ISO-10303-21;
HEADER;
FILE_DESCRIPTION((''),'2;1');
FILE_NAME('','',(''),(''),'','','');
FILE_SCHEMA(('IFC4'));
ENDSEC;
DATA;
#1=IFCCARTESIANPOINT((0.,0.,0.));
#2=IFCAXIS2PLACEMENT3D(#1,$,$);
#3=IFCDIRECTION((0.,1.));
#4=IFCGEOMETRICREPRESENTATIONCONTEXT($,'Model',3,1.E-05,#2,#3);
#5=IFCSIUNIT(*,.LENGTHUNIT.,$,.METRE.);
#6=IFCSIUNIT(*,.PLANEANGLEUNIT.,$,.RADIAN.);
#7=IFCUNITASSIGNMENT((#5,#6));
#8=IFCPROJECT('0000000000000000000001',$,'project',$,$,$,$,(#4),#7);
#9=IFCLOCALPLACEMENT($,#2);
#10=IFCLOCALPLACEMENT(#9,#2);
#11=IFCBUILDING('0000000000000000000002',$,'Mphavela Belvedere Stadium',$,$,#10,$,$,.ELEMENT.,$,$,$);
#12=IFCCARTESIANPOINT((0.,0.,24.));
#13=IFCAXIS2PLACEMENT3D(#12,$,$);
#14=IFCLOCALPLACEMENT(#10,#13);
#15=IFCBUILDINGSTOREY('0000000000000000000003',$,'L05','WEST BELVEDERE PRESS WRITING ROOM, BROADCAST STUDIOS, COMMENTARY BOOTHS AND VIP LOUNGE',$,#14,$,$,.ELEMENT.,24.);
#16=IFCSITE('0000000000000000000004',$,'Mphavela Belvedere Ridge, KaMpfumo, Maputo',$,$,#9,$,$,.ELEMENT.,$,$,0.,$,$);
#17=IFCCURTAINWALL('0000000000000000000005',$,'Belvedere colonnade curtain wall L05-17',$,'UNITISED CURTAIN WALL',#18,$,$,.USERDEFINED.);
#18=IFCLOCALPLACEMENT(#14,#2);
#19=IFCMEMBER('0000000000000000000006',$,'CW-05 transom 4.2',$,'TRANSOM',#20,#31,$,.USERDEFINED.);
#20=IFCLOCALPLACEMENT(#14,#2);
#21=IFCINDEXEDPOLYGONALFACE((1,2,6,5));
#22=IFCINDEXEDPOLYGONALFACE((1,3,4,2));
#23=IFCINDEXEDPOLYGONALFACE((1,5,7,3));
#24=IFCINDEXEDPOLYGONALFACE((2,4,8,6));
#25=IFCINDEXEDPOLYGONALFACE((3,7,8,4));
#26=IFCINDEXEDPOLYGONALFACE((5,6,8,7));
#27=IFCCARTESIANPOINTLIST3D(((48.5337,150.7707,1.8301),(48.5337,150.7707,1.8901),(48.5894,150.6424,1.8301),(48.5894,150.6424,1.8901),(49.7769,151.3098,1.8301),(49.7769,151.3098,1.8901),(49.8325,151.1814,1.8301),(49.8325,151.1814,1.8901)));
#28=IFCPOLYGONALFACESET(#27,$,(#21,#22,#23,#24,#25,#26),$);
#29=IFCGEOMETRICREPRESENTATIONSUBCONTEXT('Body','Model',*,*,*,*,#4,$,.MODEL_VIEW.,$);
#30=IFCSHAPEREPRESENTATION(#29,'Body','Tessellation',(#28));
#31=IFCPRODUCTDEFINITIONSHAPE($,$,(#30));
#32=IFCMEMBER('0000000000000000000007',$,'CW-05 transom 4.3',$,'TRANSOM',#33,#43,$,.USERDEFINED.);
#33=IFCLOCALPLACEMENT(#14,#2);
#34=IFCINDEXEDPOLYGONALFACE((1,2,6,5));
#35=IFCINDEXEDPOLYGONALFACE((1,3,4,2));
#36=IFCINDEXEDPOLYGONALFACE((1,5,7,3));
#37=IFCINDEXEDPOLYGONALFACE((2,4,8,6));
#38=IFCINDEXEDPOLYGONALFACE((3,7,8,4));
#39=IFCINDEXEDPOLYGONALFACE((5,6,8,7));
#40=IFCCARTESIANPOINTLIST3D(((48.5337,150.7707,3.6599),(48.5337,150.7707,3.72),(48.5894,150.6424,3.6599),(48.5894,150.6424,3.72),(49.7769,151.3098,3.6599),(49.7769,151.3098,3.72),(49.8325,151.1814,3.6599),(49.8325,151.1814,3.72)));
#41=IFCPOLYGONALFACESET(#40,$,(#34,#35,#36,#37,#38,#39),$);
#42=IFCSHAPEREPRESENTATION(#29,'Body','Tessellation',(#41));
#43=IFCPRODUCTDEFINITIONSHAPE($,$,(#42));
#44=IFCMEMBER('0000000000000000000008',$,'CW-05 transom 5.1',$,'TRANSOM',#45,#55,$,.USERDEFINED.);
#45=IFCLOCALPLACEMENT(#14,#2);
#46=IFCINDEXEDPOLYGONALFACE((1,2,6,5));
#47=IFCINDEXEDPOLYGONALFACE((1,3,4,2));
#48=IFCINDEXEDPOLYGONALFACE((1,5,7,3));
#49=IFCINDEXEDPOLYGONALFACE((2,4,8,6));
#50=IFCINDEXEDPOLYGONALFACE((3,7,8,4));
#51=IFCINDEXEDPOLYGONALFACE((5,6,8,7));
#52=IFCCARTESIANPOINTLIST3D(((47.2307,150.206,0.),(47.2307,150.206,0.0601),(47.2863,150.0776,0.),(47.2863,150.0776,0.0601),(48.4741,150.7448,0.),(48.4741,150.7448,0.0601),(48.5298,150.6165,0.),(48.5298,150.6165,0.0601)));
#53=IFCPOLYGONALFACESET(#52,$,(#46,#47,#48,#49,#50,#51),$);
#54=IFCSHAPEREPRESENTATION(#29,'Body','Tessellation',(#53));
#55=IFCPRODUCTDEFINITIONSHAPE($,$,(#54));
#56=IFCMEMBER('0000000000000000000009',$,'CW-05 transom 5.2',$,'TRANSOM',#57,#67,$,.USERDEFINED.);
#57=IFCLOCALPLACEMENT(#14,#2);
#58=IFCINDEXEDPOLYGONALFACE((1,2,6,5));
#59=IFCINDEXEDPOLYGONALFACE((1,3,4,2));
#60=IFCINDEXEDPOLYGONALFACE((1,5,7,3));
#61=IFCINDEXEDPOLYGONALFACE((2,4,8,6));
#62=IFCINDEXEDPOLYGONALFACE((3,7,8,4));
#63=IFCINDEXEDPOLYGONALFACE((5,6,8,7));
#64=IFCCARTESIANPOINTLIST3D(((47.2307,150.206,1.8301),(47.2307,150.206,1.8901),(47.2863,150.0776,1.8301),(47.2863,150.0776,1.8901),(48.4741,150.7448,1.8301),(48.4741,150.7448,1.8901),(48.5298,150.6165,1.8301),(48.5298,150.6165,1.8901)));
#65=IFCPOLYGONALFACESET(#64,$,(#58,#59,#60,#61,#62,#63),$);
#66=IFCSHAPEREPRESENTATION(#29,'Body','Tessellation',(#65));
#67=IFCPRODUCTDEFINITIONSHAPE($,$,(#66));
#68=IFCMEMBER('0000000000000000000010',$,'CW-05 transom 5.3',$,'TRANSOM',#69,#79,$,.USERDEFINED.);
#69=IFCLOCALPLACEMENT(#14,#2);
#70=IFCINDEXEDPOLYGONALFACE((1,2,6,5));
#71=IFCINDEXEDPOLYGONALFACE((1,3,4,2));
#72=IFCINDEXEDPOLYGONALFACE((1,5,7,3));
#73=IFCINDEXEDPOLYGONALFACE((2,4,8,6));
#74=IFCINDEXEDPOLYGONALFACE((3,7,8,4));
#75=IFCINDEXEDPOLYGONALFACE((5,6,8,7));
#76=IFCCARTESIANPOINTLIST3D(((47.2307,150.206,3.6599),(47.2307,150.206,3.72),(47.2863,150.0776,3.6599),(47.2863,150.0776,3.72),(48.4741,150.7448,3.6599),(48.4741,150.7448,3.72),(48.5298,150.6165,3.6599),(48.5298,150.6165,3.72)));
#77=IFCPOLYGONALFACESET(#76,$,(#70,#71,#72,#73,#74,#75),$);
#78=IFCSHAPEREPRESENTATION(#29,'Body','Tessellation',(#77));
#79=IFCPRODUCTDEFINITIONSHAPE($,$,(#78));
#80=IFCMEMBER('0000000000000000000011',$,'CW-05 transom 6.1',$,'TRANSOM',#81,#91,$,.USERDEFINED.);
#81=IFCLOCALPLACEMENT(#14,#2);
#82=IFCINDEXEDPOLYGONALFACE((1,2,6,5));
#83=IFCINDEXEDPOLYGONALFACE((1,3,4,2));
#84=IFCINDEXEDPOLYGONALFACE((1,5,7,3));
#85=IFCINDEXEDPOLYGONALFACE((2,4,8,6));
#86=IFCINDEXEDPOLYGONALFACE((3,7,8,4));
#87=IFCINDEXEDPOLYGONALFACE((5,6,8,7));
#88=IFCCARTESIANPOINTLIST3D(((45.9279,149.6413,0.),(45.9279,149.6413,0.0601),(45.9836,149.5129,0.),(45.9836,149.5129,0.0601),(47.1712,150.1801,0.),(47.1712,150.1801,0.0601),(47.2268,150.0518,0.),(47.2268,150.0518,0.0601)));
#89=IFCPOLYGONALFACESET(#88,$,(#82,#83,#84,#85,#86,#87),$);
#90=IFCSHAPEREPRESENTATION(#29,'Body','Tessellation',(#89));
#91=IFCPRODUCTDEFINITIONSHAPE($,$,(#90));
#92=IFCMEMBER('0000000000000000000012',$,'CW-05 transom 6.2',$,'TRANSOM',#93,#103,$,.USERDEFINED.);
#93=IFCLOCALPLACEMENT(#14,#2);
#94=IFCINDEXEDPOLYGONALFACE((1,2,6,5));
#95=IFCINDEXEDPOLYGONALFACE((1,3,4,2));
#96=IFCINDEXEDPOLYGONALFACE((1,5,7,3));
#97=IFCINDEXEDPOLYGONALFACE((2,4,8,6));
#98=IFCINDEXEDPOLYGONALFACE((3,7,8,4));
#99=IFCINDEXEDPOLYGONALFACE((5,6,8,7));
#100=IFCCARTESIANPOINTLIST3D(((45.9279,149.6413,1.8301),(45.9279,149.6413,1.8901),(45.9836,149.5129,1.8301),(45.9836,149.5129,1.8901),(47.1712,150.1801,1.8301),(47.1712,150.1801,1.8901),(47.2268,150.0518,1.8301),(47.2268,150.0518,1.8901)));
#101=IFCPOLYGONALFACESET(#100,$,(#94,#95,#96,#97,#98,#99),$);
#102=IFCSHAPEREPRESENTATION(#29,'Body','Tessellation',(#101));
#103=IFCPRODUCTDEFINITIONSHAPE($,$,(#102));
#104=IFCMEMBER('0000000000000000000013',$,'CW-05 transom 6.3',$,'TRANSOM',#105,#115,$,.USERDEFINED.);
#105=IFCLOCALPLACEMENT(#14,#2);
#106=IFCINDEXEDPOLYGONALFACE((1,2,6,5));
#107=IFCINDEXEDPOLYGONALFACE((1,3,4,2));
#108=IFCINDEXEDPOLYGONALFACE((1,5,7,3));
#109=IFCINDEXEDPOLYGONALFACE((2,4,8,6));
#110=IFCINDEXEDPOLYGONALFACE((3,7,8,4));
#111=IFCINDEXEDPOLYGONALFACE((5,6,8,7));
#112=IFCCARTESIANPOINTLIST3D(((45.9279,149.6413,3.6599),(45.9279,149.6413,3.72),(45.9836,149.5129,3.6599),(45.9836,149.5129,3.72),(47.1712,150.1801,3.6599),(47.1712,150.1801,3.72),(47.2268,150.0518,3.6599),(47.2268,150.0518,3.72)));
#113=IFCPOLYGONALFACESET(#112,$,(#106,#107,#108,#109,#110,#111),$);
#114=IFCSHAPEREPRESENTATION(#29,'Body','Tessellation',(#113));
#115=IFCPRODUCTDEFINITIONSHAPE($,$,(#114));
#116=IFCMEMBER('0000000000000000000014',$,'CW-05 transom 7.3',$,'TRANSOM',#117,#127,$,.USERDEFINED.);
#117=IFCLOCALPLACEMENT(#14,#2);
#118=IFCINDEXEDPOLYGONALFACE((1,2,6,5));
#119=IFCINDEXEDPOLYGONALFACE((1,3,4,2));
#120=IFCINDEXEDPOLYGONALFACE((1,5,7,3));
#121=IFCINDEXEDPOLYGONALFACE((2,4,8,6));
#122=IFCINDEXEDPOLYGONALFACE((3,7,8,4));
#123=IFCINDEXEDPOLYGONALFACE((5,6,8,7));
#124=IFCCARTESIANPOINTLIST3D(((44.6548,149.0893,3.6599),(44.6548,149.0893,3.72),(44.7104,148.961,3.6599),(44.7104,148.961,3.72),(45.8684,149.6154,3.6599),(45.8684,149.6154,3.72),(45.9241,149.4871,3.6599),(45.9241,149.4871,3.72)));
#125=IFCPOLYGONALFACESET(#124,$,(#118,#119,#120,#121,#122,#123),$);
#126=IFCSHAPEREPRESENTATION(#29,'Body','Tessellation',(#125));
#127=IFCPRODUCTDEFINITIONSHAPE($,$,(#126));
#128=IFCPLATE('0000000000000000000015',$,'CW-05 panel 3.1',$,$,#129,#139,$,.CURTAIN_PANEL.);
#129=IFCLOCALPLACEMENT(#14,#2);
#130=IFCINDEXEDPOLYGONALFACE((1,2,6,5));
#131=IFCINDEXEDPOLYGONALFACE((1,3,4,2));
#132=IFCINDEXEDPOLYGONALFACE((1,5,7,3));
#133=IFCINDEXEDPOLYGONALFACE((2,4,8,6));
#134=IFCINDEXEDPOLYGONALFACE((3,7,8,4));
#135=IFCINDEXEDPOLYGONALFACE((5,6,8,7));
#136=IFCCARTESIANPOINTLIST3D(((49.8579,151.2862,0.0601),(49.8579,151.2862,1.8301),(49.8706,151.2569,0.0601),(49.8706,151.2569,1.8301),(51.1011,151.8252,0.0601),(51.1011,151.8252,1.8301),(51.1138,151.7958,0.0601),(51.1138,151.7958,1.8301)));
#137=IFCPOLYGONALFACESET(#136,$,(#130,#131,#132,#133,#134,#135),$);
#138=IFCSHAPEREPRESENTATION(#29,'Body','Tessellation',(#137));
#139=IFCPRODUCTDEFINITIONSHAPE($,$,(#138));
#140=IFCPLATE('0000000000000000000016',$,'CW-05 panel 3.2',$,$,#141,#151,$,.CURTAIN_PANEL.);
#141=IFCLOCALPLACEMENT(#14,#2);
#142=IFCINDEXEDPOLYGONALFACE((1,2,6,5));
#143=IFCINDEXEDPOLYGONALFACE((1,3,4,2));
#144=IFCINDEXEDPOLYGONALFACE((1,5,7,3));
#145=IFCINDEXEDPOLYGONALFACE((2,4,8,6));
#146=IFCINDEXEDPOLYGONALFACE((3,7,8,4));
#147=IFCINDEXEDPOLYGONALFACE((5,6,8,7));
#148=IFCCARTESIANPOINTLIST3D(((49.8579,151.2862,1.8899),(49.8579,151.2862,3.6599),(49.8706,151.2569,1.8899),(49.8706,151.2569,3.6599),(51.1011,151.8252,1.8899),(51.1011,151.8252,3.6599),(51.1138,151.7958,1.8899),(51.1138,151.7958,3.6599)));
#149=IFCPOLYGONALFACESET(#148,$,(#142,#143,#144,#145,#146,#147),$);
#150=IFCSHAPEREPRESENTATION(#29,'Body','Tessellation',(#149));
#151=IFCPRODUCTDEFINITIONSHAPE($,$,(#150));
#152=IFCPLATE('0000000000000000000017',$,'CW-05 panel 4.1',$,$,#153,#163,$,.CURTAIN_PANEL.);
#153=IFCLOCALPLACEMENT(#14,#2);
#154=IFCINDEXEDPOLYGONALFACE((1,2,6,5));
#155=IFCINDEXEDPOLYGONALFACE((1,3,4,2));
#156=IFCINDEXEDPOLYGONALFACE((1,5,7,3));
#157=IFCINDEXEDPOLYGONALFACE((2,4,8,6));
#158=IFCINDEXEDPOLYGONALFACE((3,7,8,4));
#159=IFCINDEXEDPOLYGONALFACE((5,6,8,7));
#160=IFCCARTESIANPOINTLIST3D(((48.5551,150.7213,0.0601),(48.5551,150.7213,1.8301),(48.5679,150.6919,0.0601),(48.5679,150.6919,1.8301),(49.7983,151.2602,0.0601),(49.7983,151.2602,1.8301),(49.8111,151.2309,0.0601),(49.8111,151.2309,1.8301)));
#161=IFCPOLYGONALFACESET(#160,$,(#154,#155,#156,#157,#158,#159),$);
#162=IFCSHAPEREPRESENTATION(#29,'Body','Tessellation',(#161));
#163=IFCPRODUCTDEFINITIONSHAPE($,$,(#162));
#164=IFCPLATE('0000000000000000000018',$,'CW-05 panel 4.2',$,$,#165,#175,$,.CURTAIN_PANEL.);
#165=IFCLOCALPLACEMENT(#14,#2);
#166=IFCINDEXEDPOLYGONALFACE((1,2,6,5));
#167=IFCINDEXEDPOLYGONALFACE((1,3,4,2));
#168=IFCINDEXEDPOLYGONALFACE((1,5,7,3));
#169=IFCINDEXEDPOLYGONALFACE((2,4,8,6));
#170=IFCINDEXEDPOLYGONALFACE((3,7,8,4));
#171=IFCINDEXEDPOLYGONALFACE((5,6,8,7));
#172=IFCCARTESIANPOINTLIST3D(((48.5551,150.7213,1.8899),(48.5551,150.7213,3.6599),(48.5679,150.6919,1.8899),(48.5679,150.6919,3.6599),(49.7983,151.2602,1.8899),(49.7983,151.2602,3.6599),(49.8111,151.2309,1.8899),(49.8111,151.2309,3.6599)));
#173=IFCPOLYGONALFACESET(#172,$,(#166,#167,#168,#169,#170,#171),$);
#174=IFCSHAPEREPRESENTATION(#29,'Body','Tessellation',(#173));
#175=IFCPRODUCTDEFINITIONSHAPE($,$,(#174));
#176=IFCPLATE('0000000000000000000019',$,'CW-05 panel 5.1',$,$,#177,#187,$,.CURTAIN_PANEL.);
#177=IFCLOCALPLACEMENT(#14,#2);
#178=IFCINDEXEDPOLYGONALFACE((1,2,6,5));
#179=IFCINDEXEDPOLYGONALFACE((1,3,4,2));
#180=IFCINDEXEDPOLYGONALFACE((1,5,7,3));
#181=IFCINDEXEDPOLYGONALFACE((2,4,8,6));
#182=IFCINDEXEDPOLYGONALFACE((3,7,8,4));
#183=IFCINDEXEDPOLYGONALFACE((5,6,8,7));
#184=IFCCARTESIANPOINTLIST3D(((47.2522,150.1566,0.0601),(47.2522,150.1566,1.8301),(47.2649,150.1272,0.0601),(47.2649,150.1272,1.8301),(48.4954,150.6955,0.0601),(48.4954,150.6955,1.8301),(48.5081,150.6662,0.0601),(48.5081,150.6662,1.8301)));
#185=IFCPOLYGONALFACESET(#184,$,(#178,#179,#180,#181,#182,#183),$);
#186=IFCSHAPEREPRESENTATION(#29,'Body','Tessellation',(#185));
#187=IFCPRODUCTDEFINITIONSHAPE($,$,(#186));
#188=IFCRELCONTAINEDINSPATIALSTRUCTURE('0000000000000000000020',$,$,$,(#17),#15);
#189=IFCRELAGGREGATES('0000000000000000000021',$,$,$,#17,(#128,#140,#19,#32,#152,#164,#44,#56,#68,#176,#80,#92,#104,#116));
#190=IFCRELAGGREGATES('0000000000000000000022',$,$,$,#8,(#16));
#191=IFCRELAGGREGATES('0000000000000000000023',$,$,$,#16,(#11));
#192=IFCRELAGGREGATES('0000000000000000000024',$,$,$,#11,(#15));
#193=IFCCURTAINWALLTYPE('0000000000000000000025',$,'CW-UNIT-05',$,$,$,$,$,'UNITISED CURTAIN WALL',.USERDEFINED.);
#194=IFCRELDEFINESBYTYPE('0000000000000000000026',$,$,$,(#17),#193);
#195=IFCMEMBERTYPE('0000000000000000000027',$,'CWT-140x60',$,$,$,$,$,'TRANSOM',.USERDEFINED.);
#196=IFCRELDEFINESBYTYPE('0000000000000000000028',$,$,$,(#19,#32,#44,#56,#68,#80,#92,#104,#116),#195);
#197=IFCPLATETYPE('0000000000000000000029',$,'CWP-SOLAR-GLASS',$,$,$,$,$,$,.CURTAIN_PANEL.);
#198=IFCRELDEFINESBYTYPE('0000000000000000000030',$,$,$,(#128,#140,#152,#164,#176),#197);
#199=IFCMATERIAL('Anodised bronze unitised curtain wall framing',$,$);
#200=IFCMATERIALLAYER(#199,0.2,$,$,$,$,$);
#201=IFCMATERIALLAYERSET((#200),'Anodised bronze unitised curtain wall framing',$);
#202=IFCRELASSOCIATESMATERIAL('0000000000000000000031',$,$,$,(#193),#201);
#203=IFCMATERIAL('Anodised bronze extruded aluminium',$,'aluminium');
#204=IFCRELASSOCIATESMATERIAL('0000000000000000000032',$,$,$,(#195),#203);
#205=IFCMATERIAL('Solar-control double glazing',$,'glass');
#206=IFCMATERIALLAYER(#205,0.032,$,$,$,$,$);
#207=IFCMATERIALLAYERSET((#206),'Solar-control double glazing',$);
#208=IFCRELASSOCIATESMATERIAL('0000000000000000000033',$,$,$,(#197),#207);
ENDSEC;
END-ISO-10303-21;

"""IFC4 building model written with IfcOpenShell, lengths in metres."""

from ifc_helpers import new_model, si_unit, direction, frame, origin, origin_2d, place, context, subcontext, project, spatial, rectangle, extrude, material, layer, layer_set, material_profile, profile_set, type_object, element, aggregate, save


model = new_model("IFC4")

# Units and contexts
model_context = context("Model", 3, precision=1e-05, world=origin(), true_north=direction((0.0, 1.0)))
body_context = subcontext(model_context, "Body", "Model", "MODEL_VIEW")
ifc_project = project(units=[si_unit("LENGTHUNIT", "METRE"), si_unit("PLANEANGLEUNIT", "RADIAN")], contexts=[model_context])

# Site, building, storey
site_placement = place(None, origin())
site = spatial("IfcSite", under=ifc_project, at=site_placement, Name="Mphavela Belvedere Ridge, KaMpfumo, Maputo", CompositionType="ELEMENT", RefElevation=0.0)
building_placement = place(site_placement, origin())
building = spatial("IfcBuilding", under=site, at=building_placement, Name="Mphavela Belvedere Stadium", CompositionType="ELEMENT")
storey_placement = place(building_placement, frame((0.0, 0.0, 24.0)))
storey = spatial("IfcBuildingStorey", under=building, at=storey_placement, Name="L05", Description="WEST BELVEDERE PRESS WRITING ROOM, BROADCAST STUDIOS, COMMENTARY BOOTHS AND VIP LOUNGE", CompositionType="ELEMENT", Elevation=24.0)

# Curtain wall, members, plates
ifc_material_1 = material(Name="Anodised bronze unitised curtain wall framing")
ifc_layer_1 = layer(ifc_material_1, 0.2)
ifc_layer_set_1 = layer_set([ifc_layer_1], Name="Anodised bronze unitised curtain wall framing")
curtain_wall_type = type_object("IfcCurtainWallType", Name="CW-UNIT-05", ElementType="UNITISED CURTAIN WALL", PredefinedType="USERDEFINED", material=ifc_layer_set_1)
curtain_wall_placement = place(storey_placement, origin())
curtain_wall = element("IfcCurtainWall", 1, at=curtain_wall_placement, inside=storey, type_object=curtain_wall_type, Name="Belvedere colonnade curtain wall L05-17", ObjectType="UNITISED CURTAIN WALL", PredefinedType="USERDEFINED")
ifc_material_2 = material(Name="Anodised bronze extruded aluminium", Category="aluminium")
ifc_material_profile_1 = material_profile(ifc_material_2, rectangle(XDim=0.1399, YDim=0.0601, at=origin_2d()), Name="CW-TRN 140x60")
ifc_profile_set_1 = profile_set([ifc_material_profile_1], Name="Anodised bronze extruded aluminium")
member_type_1 = type_object("IfcMemberType", Name="CWT-140x60", ElementType="TRANSOM", PredefinedType="USERDEFINED", material=ifc_profile_set_1)
member_1_placement = place(storey_placement, frame((49.8047, 151.2456, 1.8601), z_axis=(-0.917459, -0.39783, 0.0), x_axis=(0.39783, -0.917459, 0.0)))
member_1 = element("IfcMember", 2, at=member_1_placement, type_object=member_type_1, Name="CW-05 transom 4.2", ObjectType="TRANSOM", PredefinedType="USERDEFINED", context=body_context, shape_type="SweptSolid", body=[
    extrude(rectangle(XDim=0.1399, YDim=0.0601, at=origin_2d()), origin(), (0.0, 0.0, 1.0), 1.355),
])
member_2_placement = place(storey_placement, frame((49.8047, 151.2456, 3.6899), z_axis=(-0.917459, -0.39783, 0.0), x_axis=(0.39783, -0.917459, 0.0)))
member_2 = element("IfcMember", 3, at=member_2_placement, type_object=member_type_1, Name="CW-05 transom 4.3", ObjectType="TRANSOM", PredefinedType="USERDEFINED", context=body_context, shape_type="SweptSolid", body=[
    extrude(rectangle(XDim=0.1399, YDim=0.0601, at=origin_2d()), origin(), (0.0, 0.0, 1.0), 1.355),
])
member_3_placement = place(storey_placement, frame((48.502, 150.6807, 0.03), z_axis=(-0.917553, -0.397612, 0.0), x_axis=(0.397612, -0.917553, 0.0)))
member_3 = element("IfcMember", 4, at=member_3_placement, type_object=member_type_1, Name="CW-05 transom 5.1", ObjectType="TRANSOM", PredefinedType="USERDEFINED", context=body_context, shape_type="SweptSolid", body=[
    extrude(rectangle(XDim=0.1399, YDim=0.0601, at=origin_2d()), origin(), (0.0, 0.0, 1.0), 1.3552),
])
member_4_placement = place(storey_placement, frame((48.502, 150.6807, 1.8601), z_axis=(-0.917553, -0.397612, 0.0), x_axis=(0.397612, -0.917553, 0.0)))
member_4 = element("IfcMember", 5, at=member_4_placement, type_object=member_type_1, Name="CW-05 transom 5.2", ObjectType="TRANSOM", PredefinedType="USERDEFINED", context=body_context, shape_type="SweptSolid", body=[
    extrude(rectangle(XDim=0.1399, YDim=0.0601, at=origin_2d()), origin(), (0.0, 0.0, 1.0), 1.3552),
])
member_5_placement = place(storey_placement, frame((48.502, 150.6807, 3.6899), z_axis=(-0.917553, -0.397612, 0.0), x_axis=(0.397612, -0.917553, 0.0)))
member_5 = element("IfcMember", 6, at=member_5_placement, type_object=member_type_1, Name="CW-05 transom 5.3", ObjectType="TRANSOM", PredefinedType="USERDEFINED", context=body_context, shape_type="SweptSolid", body=[
    extrude(rectangle(XDim=0.1399, YDim=0.0601, at=origin_2d()), origin(), (0.0, 0.0, 1.0), 1.3552),
])
member_6_placement = place(storey_placement, frame((47.199, 150.116, 0.03), z_axis=(-0.917525, -0.397678, 0.0), x_axis=(0.397678, -0.917525, 0.0)))
member_6 = element("IfcMember", 7, at=member_6_placement, type_object=member_type_1, Name="CW-05 transom 6.1", ObjectType="TRANSOM", PredefinedType="USERDEFINED", context=body_context, shape_type="SweptSolid", body=[
    extrude(rectangle(XDim=0.1399, YDim=0.0601, at=origin_2d()), origin(), (0.0, 0.0, 1.0), 1.355),
])
member_7_placement = place(storey_placement, frame((47.199, 150.116, 1.8601), z_axis=(-0.917525, -0.397678, 0.0), x_axis=(0.397678, -0.917525, 0.0)))
member_7 = element("IfcMember", 8, at=member_7_placement, type_object=member_type_1, Name="CW-05 transom 6.2", ObjectType="TRANSOM", PredefinedType="USERDEFINED", context=body_context, shape_type="SweptSolid", body=[
    extrude(rectangle(XDim=0.1399, YDim=0.0601, at=origin_2d()), origin(), (0.0, 0.0, 1.0), 1.355),
])
member_8_placement = place(storey_placement, frame((47.199, 150.116, 3.6899), z_axis=(-0.917525, -0.397678, 0.0), x_axis=(0.397678, -0.917525, 0.0)))
member_8 = element("IfcMember", 9, at=member_8_placement, type_object=member_type_1, Name="CW-05 transom 6.3", ObjectType="TRANSOM", PredefinedType="USERDEFINED", context=body_context, shape_type="SweptSolid", body=[
    extrude(rectangle(XDim=0.1399, YDim=0.0601, at=origin_2d()), origin(), (0.0, 0.0, 1.0), 1.355),
])
member_9_placement = place(storey_placement, frame((45.8962, 149.5513, 3.6899), z_axis=(-0.917495, -0.397747, 0.0), x_axis=(0.397747, -0.917495, 0.0)))
member_9 = element("IfcMember", 10, at=member_9_placement, type_object=member_type_1, Name="CW-05 transom 7.3", ObjectType="TRANSOM", PredefinedType="USERDEFINED", context=body_context, shape_type="SweptSolid", body=[
    extrude(rectangle(XDim=0.1399, YDim=0.0601, at=origin_2d()), origin(), (0.0, 0.0, 1.0), 1.3228),
])
ifc_material_3 = material(Name="Solar-control double glazing", Category="glass")
ifc_layer_2 = layer(ifc_material_3, 0.032)
ifc_layer_set_2 = layer_set([ifc_layer_2], Name="Solar-control double glazing")
plate_type = type_object("IfcPlateType", Name="CWP-SOLAR-GLASS", PredefinedType="CURTAIN_PANEL", material=ifc_layer_set_2)
plate_1_placement = place(storey_placement, frame((50.4858, 151.541, 0.0601), z_axis=(0.0, 0.0, 1.0), x_axis=(-0.917497, -0.397743, 0.0)))
plate_1 = element("IfcPlate", 11, at=plate_1_placement, type_object=plate_type, Name="CW-05 panel 3.1", PredefinedType="CURTAIN_PANEL", context=body_context, shape_type="SweptSolid", body=[
    extrude(rectangle(XDim=1.355, YDim=0.032, at=origin_2d()), origin(), (0.0, 0.0, 1.0), 1.77),
])
plate_2_placement = place(storey_placement, frame((50.4858, 151.541, 1.8899), z_axis=(0.0, 0.0, 1.0), x_axis=(-0.917497, -0.397743, 0.0)))
plate_2 = element("IfcPlate", 12, at=plate_2_placement, type_object=plate_type, Name="CW-05 panel 3.2", PredefinedType="CURTAIN_PANEL", context=body_context, shape_type="SweptSolid", body=[
    extrude(rectangle(XDim=1.355, YDim=0.032, at=origin_2d()), origin(), (0.0, 0.0, 1.0), 1.77),
])
plate_3_placement = place(storey_placement, frame((49.1831, 150.9761, 0.0601), z_axis=(0.0, 0.0, 1.0), x_axis=(-0.917497, -0.397743, 0.0)))
plate_3 = element("IfcPlate", 13, at=plate_3_placement, type_object=plate_type, Name="CW-05 panel 4.1", PredefinedType="CURTAIN_PANEL", context=body_context, shape_type="SweptSolid", body=[
    extrude(rectangle(XDim=1.355, YDim=0.032, at=origin_2d()), origin(), (0.0, 0.0, 1.0), 1.77),
])
plate_4_placement = place(storey_placement, frame((49.1831, 150.9761, 1.8899), z_axis=(0.0, 0.0, 1.0), x_axis=(-0.917497, -0.397743, 0.0)))
plate_4 = element("IfcPlate", 14, at=plate_4_placement, type_object=plate_type, Name="CW-05 panel 4.2", PredefinedType="CURTAIN_PANEL", context=body_context, shape_type="SweptSolid", body=[
    extrude(rectangle(XDim=1.355, YDim=0.032, at=origin_2d()), origin(), (0.0, 0.0, 1.0), 1.77),
])
plate_5_placement = place(storey_placement, frame((47.8801, 150.4114, 0.0601), z_axis=(0.0, 0.0, 1.0), x_axis=(-0.917497, -0.397743, 0.0)))
plate_5 = element("IfcPlate", 15, at=plate_5_placement, type_object=plate_type, Name="CW-05 panel 5.1", PredefinedType="CURTAIN_PANEL", context=body_context, shape_type="SweptSolid", body=[
    extrude(rectangle(XDim=1.355, YDim=0.032, at=origin_2d()), origin(), (0.0, 0.0, 1.0), 1.77),
])
aggregate(curtain_wall, [plate_1, plate_2, member_1, member_2, plate_3, plate_4, member_3, member_4, member_5, plate_5, member_6, member_7, member_8, member_9])

save(model, "model.ifc")
